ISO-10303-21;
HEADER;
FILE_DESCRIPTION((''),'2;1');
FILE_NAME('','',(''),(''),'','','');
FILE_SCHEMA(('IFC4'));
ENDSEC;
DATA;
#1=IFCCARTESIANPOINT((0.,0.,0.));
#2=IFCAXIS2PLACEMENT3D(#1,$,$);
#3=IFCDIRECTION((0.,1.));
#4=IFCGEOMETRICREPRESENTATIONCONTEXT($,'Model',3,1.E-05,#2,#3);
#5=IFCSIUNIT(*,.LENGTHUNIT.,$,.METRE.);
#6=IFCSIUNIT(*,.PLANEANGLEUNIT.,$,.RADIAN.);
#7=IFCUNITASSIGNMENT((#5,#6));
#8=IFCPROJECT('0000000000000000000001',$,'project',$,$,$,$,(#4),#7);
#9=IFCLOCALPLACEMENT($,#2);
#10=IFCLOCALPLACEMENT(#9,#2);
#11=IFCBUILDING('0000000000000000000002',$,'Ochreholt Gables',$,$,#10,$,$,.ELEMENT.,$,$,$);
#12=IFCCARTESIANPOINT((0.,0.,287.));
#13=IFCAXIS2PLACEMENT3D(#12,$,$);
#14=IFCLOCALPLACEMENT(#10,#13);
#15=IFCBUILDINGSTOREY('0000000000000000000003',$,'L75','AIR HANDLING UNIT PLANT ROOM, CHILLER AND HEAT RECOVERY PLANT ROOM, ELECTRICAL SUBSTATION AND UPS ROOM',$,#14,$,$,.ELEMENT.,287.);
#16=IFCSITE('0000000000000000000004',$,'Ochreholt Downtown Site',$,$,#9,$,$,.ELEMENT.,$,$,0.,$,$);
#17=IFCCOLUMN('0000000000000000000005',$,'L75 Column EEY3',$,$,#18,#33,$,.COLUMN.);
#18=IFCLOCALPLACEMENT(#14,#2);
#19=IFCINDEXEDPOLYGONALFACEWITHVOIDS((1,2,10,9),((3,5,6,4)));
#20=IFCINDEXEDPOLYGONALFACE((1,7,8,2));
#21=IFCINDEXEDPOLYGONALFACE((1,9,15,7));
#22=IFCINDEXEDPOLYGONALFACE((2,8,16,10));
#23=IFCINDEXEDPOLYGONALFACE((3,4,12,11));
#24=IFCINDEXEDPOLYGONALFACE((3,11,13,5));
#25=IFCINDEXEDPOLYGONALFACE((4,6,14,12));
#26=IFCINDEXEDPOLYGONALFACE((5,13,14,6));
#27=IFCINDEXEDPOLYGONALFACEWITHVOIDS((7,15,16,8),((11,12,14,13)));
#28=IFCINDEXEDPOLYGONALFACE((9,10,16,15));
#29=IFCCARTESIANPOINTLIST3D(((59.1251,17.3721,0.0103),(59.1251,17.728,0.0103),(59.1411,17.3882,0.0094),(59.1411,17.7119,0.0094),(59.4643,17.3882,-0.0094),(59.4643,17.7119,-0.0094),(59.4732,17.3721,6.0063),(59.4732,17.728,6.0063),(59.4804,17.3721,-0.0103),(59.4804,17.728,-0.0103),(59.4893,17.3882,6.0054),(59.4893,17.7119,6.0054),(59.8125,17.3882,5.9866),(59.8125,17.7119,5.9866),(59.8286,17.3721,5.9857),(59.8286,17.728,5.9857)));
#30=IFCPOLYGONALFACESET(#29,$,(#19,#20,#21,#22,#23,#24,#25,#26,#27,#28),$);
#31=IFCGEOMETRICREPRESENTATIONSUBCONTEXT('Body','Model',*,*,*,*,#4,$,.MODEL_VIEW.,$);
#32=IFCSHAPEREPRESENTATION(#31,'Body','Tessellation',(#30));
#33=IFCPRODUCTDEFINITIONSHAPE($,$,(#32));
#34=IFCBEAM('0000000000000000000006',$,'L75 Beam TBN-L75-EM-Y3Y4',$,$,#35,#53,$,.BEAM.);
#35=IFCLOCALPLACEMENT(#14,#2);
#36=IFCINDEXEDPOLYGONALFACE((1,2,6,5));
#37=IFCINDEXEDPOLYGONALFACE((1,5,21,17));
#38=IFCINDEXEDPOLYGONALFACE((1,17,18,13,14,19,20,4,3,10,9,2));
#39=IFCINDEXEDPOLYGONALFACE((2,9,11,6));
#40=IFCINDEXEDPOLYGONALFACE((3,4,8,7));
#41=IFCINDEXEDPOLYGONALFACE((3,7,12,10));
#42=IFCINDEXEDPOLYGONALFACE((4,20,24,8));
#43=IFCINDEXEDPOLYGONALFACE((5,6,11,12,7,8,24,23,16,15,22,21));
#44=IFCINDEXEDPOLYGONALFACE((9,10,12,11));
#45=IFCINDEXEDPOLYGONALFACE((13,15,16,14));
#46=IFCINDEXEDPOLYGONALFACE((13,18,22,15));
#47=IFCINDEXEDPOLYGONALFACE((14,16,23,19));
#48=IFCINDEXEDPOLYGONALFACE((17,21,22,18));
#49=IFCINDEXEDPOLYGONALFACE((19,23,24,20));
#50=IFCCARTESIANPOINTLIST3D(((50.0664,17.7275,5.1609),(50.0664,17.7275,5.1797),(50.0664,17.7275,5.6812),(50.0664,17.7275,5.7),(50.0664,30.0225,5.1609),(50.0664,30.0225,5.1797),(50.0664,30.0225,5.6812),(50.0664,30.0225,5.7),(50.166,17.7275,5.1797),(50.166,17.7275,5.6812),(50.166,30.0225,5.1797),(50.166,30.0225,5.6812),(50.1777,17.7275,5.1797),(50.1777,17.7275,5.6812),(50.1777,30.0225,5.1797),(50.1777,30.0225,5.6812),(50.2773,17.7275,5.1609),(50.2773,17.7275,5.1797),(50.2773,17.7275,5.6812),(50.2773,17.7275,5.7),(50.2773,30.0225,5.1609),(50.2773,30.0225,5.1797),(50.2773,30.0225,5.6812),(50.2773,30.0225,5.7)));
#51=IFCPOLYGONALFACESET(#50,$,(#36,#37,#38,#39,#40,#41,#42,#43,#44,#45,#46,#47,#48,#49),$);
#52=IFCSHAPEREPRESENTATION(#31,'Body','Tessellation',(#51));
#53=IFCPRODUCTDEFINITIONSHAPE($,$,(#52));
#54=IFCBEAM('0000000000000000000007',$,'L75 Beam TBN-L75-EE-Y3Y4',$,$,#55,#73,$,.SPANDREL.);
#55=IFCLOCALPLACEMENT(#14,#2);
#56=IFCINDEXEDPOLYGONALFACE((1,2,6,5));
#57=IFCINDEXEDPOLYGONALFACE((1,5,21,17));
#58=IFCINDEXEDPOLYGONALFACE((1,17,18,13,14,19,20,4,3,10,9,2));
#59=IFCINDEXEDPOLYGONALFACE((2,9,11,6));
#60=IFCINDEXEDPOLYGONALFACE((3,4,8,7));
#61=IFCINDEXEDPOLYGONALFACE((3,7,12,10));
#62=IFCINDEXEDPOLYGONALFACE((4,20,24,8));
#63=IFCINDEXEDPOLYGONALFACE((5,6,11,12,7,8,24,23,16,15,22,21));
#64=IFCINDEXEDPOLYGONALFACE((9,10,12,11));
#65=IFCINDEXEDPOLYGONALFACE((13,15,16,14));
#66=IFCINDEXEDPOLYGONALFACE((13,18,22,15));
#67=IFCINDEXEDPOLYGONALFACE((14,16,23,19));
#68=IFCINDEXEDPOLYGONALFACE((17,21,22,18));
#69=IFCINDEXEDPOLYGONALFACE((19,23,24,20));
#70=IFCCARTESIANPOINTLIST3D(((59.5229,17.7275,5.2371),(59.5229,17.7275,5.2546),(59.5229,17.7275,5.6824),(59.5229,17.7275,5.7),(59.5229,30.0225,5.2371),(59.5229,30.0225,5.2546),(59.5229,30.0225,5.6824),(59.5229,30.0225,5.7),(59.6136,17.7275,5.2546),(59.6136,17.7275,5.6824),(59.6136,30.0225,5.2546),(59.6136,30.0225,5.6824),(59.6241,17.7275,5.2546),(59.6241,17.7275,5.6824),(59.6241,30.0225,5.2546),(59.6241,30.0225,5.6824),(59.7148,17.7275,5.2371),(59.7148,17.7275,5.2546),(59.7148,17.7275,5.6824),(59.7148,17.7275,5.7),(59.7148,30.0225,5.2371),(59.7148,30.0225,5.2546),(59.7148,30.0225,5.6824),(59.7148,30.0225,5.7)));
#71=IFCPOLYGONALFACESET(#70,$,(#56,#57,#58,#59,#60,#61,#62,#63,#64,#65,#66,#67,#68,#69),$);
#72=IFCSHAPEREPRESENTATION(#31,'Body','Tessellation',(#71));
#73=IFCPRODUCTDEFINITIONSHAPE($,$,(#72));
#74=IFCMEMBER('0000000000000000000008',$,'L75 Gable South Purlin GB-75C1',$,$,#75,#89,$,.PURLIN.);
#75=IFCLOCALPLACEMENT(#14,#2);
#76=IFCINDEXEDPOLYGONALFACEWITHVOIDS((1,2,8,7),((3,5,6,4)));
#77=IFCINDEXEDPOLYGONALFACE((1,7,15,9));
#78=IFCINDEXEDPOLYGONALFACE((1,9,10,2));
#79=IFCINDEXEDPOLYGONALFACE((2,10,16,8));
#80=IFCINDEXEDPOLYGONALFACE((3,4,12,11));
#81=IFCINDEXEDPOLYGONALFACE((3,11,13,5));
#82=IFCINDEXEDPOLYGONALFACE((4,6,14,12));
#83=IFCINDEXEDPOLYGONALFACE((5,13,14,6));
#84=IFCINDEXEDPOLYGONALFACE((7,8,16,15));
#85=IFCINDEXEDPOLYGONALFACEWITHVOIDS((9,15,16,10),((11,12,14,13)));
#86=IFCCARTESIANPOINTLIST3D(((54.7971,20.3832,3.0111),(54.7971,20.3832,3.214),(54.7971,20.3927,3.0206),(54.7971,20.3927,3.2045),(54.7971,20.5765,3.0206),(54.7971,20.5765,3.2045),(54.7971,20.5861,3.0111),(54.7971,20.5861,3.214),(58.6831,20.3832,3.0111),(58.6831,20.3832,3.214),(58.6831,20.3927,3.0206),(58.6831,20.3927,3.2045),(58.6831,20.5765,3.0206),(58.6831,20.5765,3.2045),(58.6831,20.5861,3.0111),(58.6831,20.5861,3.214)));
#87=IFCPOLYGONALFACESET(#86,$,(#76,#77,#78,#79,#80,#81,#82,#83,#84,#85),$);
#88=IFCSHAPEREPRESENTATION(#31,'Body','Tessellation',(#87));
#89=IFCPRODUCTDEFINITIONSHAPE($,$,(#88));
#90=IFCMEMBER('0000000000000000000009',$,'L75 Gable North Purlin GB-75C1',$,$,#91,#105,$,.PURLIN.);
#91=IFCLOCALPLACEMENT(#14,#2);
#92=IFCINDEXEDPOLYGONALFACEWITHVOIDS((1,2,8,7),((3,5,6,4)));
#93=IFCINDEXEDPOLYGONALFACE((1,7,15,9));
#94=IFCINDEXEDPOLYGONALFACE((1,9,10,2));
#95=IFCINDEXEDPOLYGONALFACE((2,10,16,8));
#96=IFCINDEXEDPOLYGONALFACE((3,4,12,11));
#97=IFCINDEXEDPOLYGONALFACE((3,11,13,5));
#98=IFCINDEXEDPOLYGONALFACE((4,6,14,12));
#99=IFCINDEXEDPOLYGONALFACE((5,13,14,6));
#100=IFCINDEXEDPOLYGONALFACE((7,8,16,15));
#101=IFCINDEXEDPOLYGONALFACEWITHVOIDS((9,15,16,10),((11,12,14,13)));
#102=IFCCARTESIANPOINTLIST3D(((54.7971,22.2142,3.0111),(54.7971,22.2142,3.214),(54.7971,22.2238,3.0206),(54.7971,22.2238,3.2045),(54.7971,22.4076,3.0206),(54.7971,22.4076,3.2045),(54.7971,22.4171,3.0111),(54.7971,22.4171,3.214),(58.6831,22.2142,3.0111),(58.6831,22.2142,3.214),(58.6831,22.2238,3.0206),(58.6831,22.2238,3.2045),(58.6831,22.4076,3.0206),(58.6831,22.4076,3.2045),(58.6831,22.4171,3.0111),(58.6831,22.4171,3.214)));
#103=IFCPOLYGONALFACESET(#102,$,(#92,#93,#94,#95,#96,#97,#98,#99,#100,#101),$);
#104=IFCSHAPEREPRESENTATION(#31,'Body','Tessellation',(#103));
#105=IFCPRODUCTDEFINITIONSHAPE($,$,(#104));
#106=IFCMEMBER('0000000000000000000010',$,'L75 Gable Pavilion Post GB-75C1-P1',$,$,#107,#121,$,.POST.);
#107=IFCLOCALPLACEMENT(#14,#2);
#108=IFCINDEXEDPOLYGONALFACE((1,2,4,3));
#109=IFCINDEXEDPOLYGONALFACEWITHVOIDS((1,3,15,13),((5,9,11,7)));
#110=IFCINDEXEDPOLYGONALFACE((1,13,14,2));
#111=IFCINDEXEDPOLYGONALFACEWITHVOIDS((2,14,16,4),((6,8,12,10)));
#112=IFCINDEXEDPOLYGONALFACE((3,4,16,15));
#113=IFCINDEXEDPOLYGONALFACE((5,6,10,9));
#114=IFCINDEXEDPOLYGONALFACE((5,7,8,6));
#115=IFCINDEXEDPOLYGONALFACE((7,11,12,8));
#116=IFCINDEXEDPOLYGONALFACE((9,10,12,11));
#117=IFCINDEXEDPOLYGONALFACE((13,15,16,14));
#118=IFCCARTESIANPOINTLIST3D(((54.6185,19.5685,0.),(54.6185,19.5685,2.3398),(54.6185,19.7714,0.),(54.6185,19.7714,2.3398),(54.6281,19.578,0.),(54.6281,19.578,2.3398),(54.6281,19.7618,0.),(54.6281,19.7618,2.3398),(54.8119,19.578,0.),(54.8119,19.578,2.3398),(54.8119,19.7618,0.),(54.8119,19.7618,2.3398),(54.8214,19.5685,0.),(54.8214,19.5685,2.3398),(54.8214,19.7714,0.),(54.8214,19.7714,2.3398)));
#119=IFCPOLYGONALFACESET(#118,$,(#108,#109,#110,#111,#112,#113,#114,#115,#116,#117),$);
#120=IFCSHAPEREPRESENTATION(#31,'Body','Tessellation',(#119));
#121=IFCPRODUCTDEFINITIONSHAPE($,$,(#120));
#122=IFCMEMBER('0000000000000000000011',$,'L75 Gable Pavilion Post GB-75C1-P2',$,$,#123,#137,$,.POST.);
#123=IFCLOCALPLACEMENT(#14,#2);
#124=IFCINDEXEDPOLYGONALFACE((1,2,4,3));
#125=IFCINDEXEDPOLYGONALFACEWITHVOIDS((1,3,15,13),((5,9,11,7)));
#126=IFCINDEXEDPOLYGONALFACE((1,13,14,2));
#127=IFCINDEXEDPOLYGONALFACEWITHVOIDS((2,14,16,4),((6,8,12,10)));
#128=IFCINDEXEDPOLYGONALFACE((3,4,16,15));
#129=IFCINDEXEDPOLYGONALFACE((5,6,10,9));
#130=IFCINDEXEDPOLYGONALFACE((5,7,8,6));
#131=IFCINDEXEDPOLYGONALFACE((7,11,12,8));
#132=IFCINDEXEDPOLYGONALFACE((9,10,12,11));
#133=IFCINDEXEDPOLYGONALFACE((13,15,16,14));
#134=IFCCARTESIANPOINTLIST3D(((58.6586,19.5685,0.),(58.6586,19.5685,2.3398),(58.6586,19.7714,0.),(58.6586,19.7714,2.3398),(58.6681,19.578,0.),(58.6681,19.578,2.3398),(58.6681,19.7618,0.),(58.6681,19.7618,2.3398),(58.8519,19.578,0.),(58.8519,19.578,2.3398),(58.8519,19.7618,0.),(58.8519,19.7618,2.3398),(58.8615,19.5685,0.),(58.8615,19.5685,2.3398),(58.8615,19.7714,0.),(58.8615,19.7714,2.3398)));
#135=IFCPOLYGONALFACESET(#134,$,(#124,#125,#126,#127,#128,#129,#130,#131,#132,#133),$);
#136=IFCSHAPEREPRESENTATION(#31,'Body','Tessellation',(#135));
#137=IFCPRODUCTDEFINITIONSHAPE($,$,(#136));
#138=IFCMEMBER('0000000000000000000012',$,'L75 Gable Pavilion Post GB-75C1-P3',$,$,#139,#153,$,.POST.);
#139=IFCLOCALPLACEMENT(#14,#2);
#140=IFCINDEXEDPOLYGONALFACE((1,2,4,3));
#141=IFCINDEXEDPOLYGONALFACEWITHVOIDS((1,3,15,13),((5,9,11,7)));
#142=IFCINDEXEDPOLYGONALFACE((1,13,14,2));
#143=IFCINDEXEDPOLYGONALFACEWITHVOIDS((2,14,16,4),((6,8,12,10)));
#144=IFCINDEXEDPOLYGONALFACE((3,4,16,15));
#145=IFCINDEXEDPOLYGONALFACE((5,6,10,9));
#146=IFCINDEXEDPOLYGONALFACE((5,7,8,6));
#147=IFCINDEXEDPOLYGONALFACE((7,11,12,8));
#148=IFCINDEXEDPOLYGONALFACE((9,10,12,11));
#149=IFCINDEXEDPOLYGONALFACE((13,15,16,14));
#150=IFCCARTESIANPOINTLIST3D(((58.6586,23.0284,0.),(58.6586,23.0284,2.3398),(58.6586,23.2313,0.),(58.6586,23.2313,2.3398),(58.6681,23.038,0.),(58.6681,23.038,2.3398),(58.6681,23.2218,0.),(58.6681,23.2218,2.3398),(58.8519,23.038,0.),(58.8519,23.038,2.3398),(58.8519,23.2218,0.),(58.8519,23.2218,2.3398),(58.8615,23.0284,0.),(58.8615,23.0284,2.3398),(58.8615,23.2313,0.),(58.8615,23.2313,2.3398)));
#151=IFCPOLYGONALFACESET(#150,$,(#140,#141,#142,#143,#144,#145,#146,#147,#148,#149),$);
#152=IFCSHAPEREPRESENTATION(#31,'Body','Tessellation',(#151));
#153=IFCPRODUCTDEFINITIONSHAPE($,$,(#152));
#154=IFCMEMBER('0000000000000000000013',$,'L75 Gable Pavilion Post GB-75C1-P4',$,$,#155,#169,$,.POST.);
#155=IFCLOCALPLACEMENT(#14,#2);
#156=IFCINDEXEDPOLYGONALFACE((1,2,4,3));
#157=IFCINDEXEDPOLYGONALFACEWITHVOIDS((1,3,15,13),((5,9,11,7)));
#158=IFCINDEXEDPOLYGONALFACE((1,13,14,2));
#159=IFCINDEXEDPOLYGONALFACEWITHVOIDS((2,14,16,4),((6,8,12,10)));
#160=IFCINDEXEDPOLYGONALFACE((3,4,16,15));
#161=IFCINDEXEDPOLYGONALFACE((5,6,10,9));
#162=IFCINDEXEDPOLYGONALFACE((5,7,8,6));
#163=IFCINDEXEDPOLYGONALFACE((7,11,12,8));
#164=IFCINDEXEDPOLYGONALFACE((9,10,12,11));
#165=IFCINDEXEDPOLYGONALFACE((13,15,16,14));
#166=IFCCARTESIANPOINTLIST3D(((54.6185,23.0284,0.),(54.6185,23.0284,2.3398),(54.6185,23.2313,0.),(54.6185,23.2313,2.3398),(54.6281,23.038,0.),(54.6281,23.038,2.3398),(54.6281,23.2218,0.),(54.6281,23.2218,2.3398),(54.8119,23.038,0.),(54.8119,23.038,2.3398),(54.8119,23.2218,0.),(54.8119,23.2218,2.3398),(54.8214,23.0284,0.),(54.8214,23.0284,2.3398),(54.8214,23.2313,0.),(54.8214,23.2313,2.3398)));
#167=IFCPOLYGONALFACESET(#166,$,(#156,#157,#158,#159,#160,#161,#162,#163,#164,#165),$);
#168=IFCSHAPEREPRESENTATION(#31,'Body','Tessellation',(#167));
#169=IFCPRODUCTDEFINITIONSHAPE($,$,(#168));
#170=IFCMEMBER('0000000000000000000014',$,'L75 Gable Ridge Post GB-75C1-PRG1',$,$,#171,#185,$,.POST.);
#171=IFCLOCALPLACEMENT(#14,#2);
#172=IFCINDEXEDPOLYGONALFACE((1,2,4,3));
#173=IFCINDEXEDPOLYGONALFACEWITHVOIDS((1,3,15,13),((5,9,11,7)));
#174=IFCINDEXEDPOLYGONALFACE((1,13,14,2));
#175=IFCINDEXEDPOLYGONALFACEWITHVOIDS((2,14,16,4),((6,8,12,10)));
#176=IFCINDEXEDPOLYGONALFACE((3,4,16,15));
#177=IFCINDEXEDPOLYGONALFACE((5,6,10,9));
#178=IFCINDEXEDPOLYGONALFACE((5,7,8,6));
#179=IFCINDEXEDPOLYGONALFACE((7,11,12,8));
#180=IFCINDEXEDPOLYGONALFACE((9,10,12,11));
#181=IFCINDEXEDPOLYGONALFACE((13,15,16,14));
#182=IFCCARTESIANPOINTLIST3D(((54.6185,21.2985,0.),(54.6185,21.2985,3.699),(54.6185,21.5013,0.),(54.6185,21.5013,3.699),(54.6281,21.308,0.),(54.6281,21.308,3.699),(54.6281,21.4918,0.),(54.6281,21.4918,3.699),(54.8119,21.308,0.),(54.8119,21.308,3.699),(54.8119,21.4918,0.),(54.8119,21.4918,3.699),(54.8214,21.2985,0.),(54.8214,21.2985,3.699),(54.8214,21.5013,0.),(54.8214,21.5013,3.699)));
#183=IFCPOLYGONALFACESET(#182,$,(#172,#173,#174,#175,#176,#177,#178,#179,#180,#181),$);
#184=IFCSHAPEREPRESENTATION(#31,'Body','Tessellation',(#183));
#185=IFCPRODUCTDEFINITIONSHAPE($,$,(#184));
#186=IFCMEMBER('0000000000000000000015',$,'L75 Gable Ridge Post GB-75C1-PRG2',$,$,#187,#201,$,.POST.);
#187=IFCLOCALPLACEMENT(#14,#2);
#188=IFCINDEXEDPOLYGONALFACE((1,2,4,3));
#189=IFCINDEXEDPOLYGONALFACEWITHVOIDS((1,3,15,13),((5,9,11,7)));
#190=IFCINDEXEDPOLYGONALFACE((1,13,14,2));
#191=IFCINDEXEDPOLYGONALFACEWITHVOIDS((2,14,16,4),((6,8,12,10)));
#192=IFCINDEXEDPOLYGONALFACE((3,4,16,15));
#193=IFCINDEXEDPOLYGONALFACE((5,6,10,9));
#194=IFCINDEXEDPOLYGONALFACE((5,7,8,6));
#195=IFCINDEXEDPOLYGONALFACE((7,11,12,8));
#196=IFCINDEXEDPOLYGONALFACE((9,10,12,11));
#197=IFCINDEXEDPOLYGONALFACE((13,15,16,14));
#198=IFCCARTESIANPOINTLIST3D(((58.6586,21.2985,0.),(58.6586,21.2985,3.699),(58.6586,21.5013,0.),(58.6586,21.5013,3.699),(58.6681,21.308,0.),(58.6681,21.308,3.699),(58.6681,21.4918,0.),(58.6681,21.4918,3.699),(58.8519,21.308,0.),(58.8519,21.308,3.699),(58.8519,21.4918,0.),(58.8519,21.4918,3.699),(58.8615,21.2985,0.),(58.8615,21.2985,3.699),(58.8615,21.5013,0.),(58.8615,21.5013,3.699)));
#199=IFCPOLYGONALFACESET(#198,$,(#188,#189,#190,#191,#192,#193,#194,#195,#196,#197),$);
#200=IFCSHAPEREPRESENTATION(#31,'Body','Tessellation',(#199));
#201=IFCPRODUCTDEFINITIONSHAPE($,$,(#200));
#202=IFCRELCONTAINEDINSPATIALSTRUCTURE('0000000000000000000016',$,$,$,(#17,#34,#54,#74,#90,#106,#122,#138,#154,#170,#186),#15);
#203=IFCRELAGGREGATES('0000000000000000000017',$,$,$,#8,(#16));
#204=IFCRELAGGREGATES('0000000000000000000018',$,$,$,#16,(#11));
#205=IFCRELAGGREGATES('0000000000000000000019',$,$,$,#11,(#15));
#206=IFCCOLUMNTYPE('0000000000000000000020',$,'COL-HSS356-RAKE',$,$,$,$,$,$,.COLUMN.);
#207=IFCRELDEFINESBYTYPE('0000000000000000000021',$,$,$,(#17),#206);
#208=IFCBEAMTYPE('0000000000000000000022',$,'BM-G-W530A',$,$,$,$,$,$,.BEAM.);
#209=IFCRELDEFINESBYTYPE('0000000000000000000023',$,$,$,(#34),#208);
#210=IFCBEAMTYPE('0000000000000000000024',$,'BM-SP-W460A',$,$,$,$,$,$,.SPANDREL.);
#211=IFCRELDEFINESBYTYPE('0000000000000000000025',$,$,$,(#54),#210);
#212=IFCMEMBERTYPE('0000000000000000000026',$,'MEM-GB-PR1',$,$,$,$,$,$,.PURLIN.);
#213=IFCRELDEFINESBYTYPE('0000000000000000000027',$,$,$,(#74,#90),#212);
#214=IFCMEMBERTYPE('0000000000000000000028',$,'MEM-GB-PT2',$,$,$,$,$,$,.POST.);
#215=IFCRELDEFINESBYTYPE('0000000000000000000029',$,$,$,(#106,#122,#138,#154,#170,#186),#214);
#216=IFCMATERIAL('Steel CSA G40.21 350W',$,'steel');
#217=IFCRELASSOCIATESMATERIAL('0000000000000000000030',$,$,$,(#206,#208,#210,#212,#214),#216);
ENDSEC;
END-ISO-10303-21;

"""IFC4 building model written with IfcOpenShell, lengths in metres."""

from ifc_helpers import new_model, si_unit, direction, frame, origin, origin_2d, place, context, subcontext, project, spatial, hollow_rectangle, i_section, extrude, material, material_profile, profile_set, type_object, element, save


model = new_model("IFC4")

# Units and contexts
model_context = context("Model", 3, precision=1e-05, world=origin(), true_north=direction((0.0, 1.0)))
body_context = subcontext(model_context, "Body", "Model", "MODEL_VIEW")
ifc_project = project(units=[si_unit("LENGTHUNIT", "METRE"), si_unit("PLANEANGLEUNIT", "RADIAN")], contexts=[model_context])

# Site, building, storey
site_placement = place(None, origin())
site = spatial("IfcSite", under=ifc_project, at=site_placement, Name="Ochreholt Downtown Site", CompositionType="ELEMENT", RefElevation=0.0)
building_placement = place(site_placement, origin())
building = spatial("IfcBuilding", under=site, at=building_placement, Name="Ochreholt Gables", CompositionType="ELEMENT")
storey_placement = place(building_placement, frame((0.0, 0.0, 287.0)))
storey = spatial("IfcBuildingStorey", under=building, at=storey_placement, Name="L75", Description="AIR HANDLING UNIT PLANT ROOM, CHILLER AND HEAT RECOVERY PLANT ROOM, ELECTRICAL SUBSTATION AND UPS ROOM", CompositionType="ELEMENT", Elevation=287.0)

# Column
ifc_material_1 = material(Name="Steel CSA G40.21 350W", Category="steel")
ifc_material_profile_1 = material_profile(ifc_material_1, hollow_rectangle(XDim=0.356, YDim=0.356, WallThickness=0.0161, at=origin_2d()), Name="HSS356X356X16")
ifc_profile_set_1 = profile_set([ifc_material_profile_1], Name="Steel CSA G40.21 350W")
column_type = type_object("IfcColumnType", Name="COL-HSS356-RAKE", PredefinedType="COLUMN", material=ifc_profile_set_1)
column_placement = place(storey_placement, frame((59.3027, 17.55, 0.0), z_axis=(0.057964, 0.0, 0.998319), x_axis=(0.0, 1.0, 0.0)))
element("IfcColumn", 1, at=column_placement, inside=storey, type_object=column_type, Name="L75 Column EEY3", PredefinedType="COLUMN", context=body_context, shape_type="SweptSolid", body=[
    extrude(hollow_rectangle(XDim=0.356, YDim=0.356, WallThickness=0.0161, at=origin_2d()), origin(), (0.0, 0.0, 1.0), 6.0061),
])

# Beams
ifc_material_profile_2 = material_profile(ifc_material_1, i_section(OverallWidth=0.2109, OverallDepth=0.5391, WebThickness=0.0117, FlangeThickness=0.0188, at=origin_2d()), Name="W530X109")
ifc_profile_set_2 = profile_set([ifc_material_profile_2], Name="Steel CSA G40.21 350W")
beam_type_1 = type_object("IfcBeamType", Name="BM-G-W530A", PredefinedType="BEAM", material=ifc_profile_set_2)
beam_1_placement = place(storey_placement, frame((50.1719, 17.7275, 5.4304), z_axis=(0.0, 1.0, 0.0), x_axis=(-1.0, 0.0, 0.0)))
element("IfcBeam", 2, at=beam_1_placement, inside=storey, type_object=beam_type_1, Name="L75 Beam TBN-L75-EM-Y3Y4", PredefinedType="BEAM", context=body_context, shape_type="SweptSolid", body=[
    extrude(i_section(OverallWidth=0.2109, OverallDepth=0.5391, WebThickness=0.0117, FlangeThickness=0.0188, at=origin_2d()), origin(), (0.0, 0.0, 1.0), 12.2949),
])
ifc_material_profile_3 = material_profile(ifc_material_1, i_section(OverallWidth=0.1919, OverallDepth=0.4629, WebThickness=0.0105, FlangeThickness=0.0176, at=origin_2d()), Name="W460X89")
ifc_profile_set_3 = profile_set([ifc_material_profile_3], Name="Steel CSA G40.21 350W")
beam_type_2 = type_object("IfcBeamType", Name="BM-SP-W460A", PredefinedType="SPANDREL", material=ifc_profile_set_3)
beam_2_placement = place(storey_placement, frame((59.6189, 17.7275, 5.4685), z_axis=(0.0, 1.0, 0.0), x_axis=(-1.0, 0.0, 0.0)))
element("IfcBeam", 3, at=beam_2_placement, inside=storey, type_object=beam_type_2, Name="L75 Beam TBN-L75-EE-Y3Y4", PredefinedType="SPANDREL", context=body_context, shape_type="SweptSolid", body=[
    extrude(i_section(OverallWidth=0.1919, OverallDepth=0.4629, WebThickness=0.0105, FlangeThickness=0.0176, at=origin_2d()), origin(), (0.0, 0.0, 1.0), 12.2949),
])

# Members
ifc_material_profile_4 = material_profile(ifc_material_1, hollow_rectangle(XDim=0.2029, YDim=0.2029, WallThickness=0.0095, at=origin_2d()), Name="HSS203X203X10")
ifc_profile_set_4 = profile_set([ifc_material_profile_4], Name="Steel CSA G40.21 350W")
member_type_1 = type_object("IfcMemberType", Name="MEM-GB-PR1", PredefinedType="PURLIN", material=ifc_profile_set_4)
for number, where, z_axis, x_axis, name in (
    (4, (54.7971, 20.4846, 3.1125), (1.0, 0.0, 0.0), (0.0, 1.0, 0.0), "L75 Gable South Purlin GB-75C1"),
    (5, (54.7971, 22.3157, 3.1125), (1.0, 0.0, 0.0), (0.0, 1.0, 0.0), "L75 Gable North Purlin GB-75C1"),
):
    element("IfcMember", number, at=place(storey_placement, frame(where, z_axis=z_axis, x_axis=x_axis)), inside=storey, type_object=member_type_1, Name=name, PredefinedType="PURLIN", context=body_context, shape_type="SweptSolid", body=[
        extrude(hollow_rectangle(XDim=0.2029, YDim=0.2029, WallThickness=0.0095, at=origin_2d()), origin(), (0.0, 0.0, 1.0), 3.886),
    ])
ifc_material_profile_5 = material_profile(ifc_material_1, hollow_rectangle(XDim=0.2029, YDim=0.2029, WallThickness=0.0095, at=origin_2d()), Name="HSS203X203X10")
ifc_profile_set_5 = profile_set([ifc_material_profile_5], Name="Steel CSA G40.21 350W")
member_type_2 = type_object("IfcMemberType", Name="MEM-GB-PT2", PredefinedType="POST", material=ifc_profile_set_5)
for number, where, z_axis, x_axis, name in (
    (6, (54.72, 19.6699, 0.0), (0.0, 0.0, 1.0), (1.0, 0.0, 0.0), "L75 Gable Pavilion Post GB-75C1-P1"),
    (7, (58.76, 19.6699, 0.0), (0.0, 0.0, 1.0), (1.0, 0.0, 0.0), "L75 Gable Pavilion Post GB-75C1-P2"),
    (8, (58.76, 23.1299, 0.0), (0.0, 0.0, 1.0), (1.0, 0.0, 0.0), "L75 Gable Pavilion Post GB-75C1-P3"),
    (9, (54.72, 23.1299, 0.0), (0.0, 0.0, 1.0), (1.0, 0.0, 0.0), "L75 Gable Pavilion Post GB-75C1-P4"),
):
    element("IfcMember", number, at=place(storey_placement, frame(where, z_axis=z_axis, x_axis=x_axis)), inside=storey, type_object=member_type_2, Name=name, PredefinedType="POST", context=body_context, shape_type="SweptSolid", body=[
        extrude(hollow_rectangle(XDim=0.2029, YDim=0.2029, WallThickness=0.0095, at=origin_2d()), origin(), (0.0, 0.0, 1.0), 2.3398),
    ])
for number, where, z_axis, x_axis, name in (
    (10, (54.72, 21.3999, 0.0), (0.0, 0.0, 1.0), (1.0, 0.0, 0.0), "L75 Gable Ridge Post GB-75C1-PRG1"),
    (11, (58.76, 21.3999, 0.0), (0.0, 0.0, 1.0), (1.0, 0.0, 0.0), "L75 Gable Ridge Post GB-75C1-PRG2"),
):
    element("IfcMember", number, at=place(storey_placement, frame(where, z_axis=z_axis, x_axis=x_axis)), inside=storey, type_object=member_type_2, Name=name, PredefinedType="POST", context=body_context, shape_type="SweptSolid", body=[
        extrude(hollow_rectangle(XDim=0.2029, YDim=0.2029, WallThickness=0.0095, at=origin_2d()), origin(), (0.0, 0.0, 1.0), 3.699),
    ])

save(model, "model.ifc")
